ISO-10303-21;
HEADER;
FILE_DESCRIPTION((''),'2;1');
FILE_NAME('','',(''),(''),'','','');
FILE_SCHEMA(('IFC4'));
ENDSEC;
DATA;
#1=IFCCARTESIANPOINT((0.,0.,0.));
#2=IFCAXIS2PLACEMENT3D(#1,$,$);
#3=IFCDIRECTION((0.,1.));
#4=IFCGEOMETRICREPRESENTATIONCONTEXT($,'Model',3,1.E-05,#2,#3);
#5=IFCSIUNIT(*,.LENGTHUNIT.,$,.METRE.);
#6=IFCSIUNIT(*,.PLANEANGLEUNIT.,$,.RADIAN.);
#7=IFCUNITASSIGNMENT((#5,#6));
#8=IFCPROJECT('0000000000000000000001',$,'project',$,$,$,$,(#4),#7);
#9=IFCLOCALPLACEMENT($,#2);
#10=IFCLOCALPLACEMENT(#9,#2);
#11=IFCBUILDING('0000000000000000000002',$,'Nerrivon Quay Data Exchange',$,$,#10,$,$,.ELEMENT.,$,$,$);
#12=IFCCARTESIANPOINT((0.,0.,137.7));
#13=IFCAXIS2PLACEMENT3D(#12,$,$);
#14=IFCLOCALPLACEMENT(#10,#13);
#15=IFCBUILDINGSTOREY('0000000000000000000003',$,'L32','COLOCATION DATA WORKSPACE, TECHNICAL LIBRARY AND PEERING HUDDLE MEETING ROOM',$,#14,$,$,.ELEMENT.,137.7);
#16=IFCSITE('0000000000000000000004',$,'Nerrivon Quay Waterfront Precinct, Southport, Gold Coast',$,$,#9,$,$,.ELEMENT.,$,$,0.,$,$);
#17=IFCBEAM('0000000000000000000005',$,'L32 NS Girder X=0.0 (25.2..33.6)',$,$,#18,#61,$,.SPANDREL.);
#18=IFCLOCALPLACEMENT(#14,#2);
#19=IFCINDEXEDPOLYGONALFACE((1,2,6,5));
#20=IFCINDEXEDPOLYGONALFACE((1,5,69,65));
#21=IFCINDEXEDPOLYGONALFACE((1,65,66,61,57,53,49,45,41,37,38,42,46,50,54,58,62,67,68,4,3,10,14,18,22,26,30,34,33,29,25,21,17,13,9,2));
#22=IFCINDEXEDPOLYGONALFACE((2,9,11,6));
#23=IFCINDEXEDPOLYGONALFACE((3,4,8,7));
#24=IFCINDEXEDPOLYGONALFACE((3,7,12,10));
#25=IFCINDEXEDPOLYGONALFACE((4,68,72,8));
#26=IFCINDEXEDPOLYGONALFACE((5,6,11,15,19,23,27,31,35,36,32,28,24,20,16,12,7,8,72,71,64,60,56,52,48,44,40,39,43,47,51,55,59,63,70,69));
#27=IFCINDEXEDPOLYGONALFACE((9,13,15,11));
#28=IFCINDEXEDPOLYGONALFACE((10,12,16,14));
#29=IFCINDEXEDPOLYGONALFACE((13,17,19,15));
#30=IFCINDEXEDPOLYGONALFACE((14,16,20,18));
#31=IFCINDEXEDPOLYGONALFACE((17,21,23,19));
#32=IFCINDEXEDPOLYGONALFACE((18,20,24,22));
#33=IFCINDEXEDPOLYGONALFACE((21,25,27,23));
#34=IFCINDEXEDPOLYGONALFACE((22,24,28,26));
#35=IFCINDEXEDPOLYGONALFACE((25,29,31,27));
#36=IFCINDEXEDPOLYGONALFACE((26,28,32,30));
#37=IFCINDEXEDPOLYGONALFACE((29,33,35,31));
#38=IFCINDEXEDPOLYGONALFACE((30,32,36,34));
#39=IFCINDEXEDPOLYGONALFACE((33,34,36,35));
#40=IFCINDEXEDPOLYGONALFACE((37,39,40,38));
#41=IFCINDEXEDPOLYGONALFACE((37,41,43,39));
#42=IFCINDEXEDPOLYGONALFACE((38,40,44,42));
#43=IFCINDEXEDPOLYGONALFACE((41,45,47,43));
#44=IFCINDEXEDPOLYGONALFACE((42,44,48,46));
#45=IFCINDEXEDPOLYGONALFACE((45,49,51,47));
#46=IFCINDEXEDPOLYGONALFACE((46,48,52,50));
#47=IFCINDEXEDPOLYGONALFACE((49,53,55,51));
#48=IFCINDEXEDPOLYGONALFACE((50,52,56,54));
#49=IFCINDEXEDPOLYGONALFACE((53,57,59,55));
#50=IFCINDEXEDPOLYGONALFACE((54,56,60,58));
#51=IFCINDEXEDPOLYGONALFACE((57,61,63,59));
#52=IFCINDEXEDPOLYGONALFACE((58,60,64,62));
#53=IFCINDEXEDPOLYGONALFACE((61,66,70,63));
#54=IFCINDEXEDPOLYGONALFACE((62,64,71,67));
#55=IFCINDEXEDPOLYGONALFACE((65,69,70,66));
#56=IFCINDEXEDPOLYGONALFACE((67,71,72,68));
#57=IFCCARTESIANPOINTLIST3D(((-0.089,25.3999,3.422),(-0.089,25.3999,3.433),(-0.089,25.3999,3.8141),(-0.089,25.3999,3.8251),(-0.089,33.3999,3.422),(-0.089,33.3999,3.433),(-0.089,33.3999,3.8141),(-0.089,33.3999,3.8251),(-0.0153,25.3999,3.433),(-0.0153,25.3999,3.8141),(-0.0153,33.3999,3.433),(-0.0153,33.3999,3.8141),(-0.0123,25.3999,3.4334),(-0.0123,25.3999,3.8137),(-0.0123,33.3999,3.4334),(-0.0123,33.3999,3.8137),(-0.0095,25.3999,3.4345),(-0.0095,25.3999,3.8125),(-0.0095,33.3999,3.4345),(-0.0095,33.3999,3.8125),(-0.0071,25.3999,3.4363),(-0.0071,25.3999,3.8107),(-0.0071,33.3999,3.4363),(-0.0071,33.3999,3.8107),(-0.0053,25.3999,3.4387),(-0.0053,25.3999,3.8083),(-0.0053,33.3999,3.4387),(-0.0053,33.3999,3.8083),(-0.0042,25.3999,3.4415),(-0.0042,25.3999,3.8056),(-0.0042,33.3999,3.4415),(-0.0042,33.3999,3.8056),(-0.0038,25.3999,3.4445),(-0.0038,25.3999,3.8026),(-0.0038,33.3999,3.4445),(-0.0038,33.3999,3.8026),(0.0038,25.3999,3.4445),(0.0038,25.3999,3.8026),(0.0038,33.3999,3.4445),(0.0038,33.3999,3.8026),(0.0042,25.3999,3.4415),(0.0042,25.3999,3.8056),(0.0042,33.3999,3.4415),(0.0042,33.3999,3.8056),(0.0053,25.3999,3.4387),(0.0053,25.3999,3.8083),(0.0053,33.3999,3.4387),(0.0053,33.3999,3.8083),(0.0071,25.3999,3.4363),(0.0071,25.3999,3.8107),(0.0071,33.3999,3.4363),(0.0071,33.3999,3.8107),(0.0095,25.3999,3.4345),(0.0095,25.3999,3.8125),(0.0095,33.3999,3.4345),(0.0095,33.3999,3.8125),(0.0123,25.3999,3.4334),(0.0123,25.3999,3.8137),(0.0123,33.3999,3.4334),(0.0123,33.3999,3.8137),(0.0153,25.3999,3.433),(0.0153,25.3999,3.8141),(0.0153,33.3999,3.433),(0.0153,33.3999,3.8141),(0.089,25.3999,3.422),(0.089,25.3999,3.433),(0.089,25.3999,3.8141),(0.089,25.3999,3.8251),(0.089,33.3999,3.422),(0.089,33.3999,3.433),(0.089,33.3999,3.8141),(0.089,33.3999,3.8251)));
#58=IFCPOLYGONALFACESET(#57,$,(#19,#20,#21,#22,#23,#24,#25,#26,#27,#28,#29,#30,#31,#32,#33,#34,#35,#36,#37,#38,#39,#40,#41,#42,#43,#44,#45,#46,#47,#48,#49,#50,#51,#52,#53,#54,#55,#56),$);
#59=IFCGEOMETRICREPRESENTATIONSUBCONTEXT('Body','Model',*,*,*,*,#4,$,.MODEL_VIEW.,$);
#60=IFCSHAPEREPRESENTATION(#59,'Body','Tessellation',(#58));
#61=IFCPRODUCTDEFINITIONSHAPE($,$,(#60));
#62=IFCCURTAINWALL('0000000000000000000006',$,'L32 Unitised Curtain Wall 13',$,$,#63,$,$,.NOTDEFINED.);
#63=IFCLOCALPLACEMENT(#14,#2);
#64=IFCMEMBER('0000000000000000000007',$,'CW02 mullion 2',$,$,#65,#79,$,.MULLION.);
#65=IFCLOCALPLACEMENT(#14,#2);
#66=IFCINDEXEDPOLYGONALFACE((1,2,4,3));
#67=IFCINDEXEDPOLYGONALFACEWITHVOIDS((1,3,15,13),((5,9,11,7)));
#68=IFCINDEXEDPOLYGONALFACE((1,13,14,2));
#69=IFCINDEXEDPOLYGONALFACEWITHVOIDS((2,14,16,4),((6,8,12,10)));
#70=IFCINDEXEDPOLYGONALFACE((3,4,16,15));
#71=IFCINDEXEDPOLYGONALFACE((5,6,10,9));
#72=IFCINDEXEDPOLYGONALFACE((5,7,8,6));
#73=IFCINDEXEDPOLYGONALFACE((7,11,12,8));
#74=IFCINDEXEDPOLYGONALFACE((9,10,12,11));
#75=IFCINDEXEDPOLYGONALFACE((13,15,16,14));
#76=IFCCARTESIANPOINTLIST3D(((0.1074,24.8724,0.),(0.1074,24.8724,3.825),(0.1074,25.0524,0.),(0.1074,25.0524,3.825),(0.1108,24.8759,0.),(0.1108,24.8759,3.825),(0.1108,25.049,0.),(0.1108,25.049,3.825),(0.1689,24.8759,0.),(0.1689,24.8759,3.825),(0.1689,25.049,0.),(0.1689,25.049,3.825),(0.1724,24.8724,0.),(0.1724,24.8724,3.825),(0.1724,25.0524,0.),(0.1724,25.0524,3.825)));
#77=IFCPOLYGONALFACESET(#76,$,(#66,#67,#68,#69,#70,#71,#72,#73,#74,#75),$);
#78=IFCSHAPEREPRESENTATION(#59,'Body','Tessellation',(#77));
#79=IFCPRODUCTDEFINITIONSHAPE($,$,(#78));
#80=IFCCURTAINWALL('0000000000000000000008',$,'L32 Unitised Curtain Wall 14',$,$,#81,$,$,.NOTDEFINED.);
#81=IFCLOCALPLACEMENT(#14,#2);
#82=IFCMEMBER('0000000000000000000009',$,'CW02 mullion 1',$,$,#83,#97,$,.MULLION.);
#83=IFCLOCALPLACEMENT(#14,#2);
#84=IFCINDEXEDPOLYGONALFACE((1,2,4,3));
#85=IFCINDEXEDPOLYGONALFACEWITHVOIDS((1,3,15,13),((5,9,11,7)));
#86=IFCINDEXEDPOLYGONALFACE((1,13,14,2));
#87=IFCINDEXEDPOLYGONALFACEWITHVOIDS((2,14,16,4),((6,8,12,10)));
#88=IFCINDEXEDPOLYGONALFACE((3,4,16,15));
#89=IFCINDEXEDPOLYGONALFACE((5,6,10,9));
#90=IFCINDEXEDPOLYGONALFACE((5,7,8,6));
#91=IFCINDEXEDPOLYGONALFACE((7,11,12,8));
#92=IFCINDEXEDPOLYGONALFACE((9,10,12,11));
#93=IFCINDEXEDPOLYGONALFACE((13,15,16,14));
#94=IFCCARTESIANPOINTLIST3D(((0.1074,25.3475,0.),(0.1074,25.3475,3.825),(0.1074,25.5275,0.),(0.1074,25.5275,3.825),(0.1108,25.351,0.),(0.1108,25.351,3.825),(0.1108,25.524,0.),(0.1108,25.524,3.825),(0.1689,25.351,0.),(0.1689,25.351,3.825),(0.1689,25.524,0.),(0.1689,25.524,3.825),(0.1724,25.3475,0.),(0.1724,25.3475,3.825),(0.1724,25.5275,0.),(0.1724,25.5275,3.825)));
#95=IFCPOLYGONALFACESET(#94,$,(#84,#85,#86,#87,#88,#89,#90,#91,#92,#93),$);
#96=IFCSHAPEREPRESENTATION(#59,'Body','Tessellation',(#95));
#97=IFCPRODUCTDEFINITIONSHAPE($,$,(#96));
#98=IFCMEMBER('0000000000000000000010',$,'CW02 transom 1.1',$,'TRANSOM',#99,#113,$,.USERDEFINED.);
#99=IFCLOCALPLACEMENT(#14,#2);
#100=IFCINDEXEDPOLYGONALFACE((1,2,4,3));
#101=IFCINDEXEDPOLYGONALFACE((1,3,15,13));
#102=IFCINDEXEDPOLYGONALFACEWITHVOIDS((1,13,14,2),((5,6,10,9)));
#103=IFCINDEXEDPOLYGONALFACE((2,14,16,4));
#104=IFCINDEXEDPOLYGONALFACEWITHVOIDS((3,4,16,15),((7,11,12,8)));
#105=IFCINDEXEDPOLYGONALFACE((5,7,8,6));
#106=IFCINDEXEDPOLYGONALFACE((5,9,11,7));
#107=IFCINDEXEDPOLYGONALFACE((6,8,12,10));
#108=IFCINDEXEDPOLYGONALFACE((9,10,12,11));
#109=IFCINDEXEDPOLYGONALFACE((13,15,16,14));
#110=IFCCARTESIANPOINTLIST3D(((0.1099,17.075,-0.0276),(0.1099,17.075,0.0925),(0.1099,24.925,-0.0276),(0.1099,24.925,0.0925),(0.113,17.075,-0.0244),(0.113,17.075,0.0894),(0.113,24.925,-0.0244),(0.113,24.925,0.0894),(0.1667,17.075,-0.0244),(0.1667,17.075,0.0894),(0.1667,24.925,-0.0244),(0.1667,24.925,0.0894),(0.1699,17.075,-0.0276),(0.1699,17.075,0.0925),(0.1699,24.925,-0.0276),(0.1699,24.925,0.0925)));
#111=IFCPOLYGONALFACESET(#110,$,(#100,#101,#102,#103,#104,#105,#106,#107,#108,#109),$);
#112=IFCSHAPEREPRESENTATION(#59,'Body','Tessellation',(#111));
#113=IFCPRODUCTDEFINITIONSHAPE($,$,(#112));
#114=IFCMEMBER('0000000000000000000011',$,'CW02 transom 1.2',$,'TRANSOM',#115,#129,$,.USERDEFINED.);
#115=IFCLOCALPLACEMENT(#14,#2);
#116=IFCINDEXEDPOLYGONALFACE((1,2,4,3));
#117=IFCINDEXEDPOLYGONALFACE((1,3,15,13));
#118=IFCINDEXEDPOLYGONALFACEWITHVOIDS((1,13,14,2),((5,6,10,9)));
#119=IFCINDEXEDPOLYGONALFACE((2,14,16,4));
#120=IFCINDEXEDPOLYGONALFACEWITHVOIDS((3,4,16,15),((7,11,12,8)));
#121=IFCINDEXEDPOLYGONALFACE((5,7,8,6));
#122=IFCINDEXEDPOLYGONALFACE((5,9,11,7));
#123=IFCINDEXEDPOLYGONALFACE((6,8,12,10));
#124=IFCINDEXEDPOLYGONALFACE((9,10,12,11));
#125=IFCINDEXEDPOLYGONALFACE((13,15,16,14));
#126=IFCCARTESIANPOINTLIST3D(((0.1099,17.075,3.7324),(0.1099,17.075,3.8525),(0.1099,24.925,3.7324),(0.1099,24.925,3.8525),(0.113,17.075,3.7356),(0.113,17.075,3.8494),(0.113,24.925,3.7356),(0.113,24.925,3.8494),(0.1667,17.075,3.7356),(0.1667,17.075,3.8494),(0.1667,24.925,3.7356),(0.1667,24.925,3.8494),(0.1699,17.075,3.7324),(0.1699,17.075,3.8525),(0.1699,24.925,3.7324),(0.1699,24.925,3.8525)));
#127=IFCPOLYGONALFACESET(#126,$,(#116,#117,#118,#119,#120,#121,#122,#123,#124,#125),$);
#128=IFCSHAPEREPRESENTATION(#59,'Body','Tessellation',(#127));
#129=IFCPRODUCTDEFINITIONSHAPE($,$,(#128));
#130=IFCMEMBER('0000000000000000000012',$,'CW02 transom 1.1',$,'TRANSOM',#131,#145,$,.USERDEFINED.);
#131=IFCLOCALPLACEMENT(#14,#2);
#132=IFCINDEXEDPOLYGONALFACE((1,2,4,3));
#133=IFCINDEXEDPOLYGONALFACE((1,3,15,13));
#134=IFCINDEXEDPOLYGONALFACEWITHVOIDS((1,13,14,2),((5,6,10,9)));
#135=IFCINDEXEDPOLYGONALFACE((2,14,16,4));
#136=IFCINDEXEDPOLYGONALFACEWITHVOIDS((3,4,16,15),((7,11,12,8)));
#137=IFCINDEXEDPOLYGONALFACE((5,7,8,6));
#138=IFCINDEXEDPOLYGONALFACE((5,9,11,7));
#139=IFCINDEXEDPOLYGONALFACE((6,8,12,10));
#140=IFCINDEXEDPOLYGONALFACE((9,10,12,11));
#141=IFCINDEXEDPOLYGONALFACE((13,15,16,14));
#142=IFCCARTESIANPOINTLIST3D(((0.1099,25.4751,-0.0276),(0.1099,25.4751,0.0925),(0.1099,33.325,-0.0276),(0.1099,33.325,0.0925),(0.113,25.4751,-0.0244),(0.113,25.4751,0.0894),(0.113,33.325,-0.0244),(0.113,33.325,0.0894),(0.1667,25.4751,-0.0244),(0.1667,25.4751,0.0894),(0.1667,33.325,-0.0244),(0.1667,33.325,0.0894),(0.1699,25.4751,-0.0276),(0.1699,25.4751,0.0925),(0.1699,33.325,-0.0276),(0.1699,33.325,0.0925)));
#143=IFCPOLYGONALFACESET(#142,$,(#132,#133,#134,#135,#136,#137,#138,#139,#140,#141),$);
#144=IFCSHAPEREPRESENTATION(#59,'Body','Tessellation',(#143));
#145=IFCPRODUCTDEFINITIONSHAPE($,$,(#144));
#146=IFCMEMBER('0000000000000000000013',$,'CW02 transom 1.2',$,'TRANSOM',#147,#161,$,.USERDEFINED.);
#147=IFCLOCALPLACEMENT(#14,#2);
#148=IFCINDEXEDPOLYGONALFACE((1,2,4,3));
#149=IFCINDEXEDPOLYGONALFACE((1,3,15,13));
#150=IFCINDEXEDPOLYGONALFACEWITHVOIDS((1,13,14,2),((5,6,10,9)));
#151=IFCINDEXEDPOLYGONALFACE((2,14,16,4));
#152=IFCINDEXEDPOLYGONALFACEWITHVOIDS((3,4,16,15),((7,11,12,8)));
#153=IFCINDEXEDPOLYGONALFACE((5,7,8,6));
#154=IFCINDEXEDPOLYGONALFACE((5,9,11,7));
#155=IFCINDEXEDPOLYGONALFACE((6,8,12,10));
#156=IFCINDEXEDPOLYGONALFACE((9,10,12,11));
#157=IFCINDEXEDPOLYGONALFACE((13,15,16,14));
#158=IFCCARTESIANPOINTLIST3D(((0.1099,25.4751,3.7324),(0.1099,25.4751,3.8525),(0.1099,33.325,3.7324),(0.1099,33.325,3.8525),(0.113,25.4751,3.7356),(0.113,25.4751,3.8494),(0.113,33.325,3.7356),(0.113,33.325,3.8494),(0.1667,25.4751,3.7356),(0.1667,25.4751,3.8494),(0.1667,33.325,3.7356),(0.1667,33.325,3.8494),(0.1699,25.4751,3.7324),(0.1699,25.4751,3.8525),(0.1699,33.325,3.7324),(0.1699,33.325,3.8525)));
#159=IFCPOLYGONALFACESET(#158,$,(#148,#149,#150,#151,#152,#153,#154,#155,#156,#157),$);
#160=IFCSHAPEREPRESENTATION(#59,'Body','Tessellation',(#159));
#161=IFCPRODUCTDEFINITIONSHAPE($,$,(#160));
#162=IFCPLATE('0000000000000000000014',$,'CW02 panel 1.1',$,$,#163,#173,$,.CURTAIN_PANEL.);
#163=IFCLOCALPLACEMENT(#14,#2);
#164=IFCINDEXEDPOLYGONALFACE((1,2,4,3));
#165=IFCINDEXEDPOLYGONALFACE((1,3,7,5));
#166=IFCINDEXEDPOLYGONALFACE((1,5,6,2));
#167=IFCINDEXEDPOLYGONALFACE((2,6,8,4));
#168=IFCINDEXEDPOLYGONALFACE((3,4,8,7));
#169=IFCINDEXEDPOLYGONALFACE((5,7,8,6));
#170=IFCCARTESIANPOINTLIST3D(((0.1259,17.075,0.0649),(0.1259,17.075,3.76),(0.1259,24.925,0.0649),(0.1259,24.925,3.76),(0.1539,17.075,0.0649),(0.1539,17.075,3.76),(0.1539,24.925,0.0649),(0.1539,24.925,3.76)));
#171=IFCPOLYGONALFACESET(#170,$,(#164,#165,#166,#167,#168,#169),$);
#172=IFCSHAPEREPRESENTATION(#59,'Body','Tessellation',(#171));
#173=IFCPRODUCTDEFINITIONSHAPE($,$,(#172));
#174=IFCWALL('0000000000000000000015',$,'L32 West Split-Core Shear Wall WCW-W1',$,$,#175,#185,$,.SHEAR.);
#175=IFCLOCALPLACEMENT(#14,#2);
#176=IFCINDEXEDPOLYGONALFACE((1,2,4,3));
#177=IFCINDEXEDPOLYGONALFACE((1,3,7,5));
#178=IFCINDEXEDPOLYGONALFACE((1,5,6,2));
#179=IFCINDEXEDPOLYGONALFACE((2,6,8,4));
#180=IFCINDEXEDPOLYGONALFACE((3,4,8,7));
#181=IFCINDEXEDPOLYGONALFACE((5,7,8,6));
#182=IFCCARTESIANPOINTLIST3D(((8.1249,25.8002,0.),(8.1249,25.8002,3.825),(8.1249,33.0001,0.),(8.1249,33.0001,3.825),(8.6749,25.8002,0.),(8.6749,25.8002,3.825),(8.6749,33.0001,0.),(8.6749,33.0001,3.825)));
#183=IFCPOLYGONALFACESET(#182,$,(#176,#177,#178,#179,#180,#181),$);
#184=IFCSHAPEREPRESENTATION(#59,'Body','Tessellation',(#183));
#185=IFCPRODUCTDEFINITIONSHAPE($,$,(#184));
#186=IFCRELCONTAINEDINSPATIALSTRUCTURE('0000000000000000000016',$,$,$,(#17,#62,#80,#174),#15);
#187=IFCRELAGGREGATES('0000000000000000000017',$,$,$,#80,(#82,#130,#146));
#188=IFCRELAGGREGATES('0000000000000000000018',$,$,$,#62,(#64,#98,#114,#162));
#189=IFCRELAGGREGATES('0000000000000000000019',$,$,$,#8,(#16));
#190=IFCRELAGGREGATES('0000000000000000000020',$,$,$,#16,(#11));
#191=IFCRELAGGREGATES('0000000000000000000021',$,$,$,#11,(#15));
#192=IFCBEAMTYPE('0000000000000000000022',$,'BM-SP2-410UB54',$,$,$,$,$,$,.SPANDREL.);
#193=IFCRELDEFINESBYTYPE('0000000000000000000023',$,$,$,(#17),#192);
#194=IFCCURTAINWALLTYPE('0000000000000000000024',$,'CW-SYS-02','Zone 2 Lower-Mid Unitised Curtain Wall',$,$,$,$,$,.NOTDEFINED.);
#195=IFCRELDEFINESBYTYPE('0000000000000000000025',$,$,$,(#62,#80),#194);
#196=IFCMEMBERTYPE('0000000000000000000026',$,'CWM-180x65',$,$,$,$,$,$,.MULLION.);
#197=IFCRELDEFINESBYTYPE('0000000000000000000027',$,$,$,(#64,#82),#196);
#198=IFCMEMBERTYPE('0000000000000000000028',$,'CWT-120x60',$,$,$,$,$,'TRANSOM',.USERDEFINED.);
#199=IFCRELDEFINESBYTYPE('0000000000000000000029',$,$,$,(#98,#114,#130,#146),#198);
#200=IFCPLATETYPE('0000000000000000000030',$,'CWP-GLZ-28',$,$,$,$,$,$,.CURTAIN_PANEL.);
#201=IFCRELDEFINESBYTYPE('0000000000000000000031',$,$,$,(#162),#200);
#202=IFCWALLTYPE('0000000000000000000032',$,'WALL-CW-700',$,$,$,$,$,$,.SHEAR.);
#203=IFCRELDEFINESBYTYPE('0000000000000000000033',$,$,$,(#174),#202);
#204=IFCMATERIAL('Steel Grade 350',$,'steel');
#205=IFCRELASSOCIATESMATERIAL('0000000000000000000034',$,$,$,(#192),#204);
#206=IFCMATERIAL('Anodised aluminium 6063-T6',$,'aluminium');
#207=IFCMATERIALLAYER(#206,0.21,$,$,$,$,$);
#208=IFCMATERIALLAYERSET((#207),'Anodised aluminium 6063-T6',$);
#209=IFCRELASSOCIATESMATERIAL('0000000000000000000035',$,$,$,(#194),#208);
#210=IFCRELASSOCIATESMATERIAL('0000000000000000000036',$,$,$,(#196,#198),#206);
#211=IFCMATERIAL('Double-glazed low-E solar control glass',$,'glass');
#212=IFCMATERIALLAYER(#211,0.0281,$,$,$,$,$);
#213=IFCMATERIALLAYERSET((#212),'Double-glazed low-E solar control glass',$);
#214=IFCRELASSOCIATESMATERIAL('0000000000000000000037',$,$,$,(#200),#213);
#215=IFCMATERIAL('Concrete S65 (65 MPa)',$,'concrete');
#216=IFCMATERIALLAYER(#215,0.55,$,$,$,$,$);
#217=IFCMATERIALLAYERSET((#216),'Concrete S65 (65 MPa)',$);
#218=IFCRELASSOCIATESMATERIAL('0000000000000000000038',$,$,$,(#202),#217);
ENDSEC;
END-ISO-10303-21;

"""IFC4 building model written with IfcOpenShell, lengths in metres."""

from ifc_helpers import new_model, si_unit, direction, frame, frame_2d, origin, origin_2d, place, context, subcontext, project, spatial, rectangle, hollow_rectangle, i_section, extrude, material, layer, layer_set, material_profile, profile_set, type_object, element, aggregate, save


model = new_model("IFC4")

# Units and contexts
model_context = context("Model", 3, precision=1e-05, world=origin(), true_north=direction((0.0, 1.0)))
body_context = subcontext(model_context, "Body", "Model", "MODEL_VIEW")
ifc_project = project(units=[si_unit("LENGTHUNIT", "METRE"), si_unit("PLANEANGLEUNIT", "RADIAN")], contexts=[model_context])

# Site, building, storey
site_placement = place(None, origin())
site = spatial("IfcSite", under=ifc_project, at=site_placement, Name="Nerrivon Quay Waterfront Precinct, Southport, Gold Coast", CompositionType="ELEMENT", RefElevation=0.0)
building_placement = place(site_placement, origin())
building = spatial("IfcBuilding", under=site, at=building_placement, Name="Nerrivon Quay Data Exchange", CompositionType="ELEMENT")
storey_placement = place(building_placement, frame((0.0, 0.0, 137.7)))
storey = spatial("IfcBuildingStorey", under=building, at=storey_placement, Name="L32", Description="COLOCATION DATA WORKSPACE, TECHNICAL LIBRARY AND PEERING HUDDLE MEETING ROOM", CompositionType="ELEMENT", Elevation=137.7)

# Shared definitions
ifc_material_1 = material(Name="Concrete S65 (65 MPa)", Category="concrete")
ifc_material_2 = material(Name="Steel Grade 350", Category="steel")

# Beam
ifc_material_profile_1 = material_profile(ifc_material_2, i_section(OverallWidth=0.178, OverallDepth=0.4031, WebThickness=0.0076, FlangeThickness=0.011, FilletRadius=0.0115, at=origin_2d()), Name="410UB53.7")
ifc_profile_set_1 = profile_set([ifc_material_profile_1], Name="Steel Grade 350")
beam_type_1 = type_object("IfcBeamType", Name="BM-SP2-410UB54", PredefinedType="SPANDREL", material=ifc_profile_set_1)
beam_1_placement = place(storey_placement, frame((0.0, 25.3999, 3.6235), z_axis=(0.0, 1.0, 0.0), x_axis=(-1.0, 0.0, 0.0)))
element("IfcBeam", 1, at=beam_1_placement, inside=storey, type_object=beam_type_1, Name="L32 NS Girder X=0.0 (25.2..33.6)", PredefinedType="SPANDREL", context=body_context, shape_type="SweptSolid", body=[
    extrude(i_section(OverallWidth=0.178, OverallDepth=0.4031, WebThickness=0.0076, FlangeThickness=0.011, FilletRadius=0.0115, at=origin_2d()), origin(), (0.0, 0.0, 1.0), 8.0),
])

# Curtain walls, members
ifc_material_3 = material(Name="Anodised aluminium 6063-T6", Category="aluminium")
ifc_layer_1 = layer(ifc_material_3, 0.21)
ifc_layer_set_1 = layer_set([ifc_layer_1], Name="Anodised aluminium 6063-T6")
curtain_wall_type = type_object("IfcCurtainWallType", Name="CW-SYS-02", Description="Zone 2 Lower-Mid Unitised Curtain Wall", PredefinedType="NOTDEFINED", material=ifc_layer_set_1)
curtain_wall_1_placement = place(storey_placement, origin())
curtain_wall_1 = element("IfcCurtainWall", 2, at=curtain_wall_1_placement, inside=storey, type_object=curtain_wall_type, Name="L32 Unitised Curtain Wall 13", PredefinedType="NOTDEFINED")
ifc_material_profile_2 = material_profile(ifc_material_3, hollow_rectangle(XDim=0.0649, YDim=0.1799, WallThickness=0.0034, at=origin_2d()), Name="ALU-MULL-180x65")
ifc_profile_set_2 = profile_set([ifc_material_profile_2], Name="Anodised aluminium 6063-T6")
member_type_1 = type_object("IfcMemberType", Name="CWM-180x65", PredefinedType="MULLION", material=ifc_profile_set_2)
member_1_placement = place(storey_placement, frame((0.1399, 24.9624, 0.0), z_axis=(0.0, 0.0, 1.0), x_axis=(-1.0, 0.0, 0.0)))
member_1 = element("IfcMember", 3, at=member_1_placement, type_object=member_type_1, Name="CW02 mullion 2", PredefinedType="MULLION", context=body_context, shape_type="SweptSolid", body=[
    extrude(hollow_rectangle(XDim=0.0649, YDim=0.1799, WallThickness=0.0034, at=origin_2d()), origin(), (0.0, 0.0, 1.0), 3.825),
])
curtain_wall_2_placement = place(storey_placement, origin())
curtain_wall_2 = element("IfcCurtainWall", 4, at=curtain_wall_2_placement, inside=storey, type_object=curtain_wall_type, Name="L32 Unitised Curtain Wall 14", PredefinedType="NOTDEFINED")
member_2_placement = place(storey_placement, frame((0.1399, 25.4375, 0.0), z_axis=(0.0, 0.0, 1.0), x_axis=(-1.0, 0.0, 0.0)))
member_2 = element("IfcMember", 5, at=member_2_placement, type_object=member_type_1, Name="CW02 mullion 1", PredefinedType="MULLION", context=body_context, shape_type="SweptSolid", body=[
    extrude(hollow_rectangle(XDim=0.0649, YDim=0.1799, WallThickness=0.0034, at=origin_2d()), origin(), (0.0, 0.0, 1.0), 3.825),
])

# Members
ifc_material_profile_3 = material_profile(ifc_material_3, hollow_rectangle(XDim=0.0601, YDim=0.1201, WallThickness=0.0032, at=origin_2d()), Name="ALU-TRAN-120x60")
ifc_profile_set_3 = profile_set([ifc_material_profile_3], Name="Anodised aluminium 6063-T6")
member_type_2 = type_object("IfcMemberType", Name="CWT-120x60", ElementType="TRANSOM", PredefinedType="USERDEFINED", material=ifc_profile_set_3)
member_3_placement = place(storey_placement, frame((0.1399, 17.075, 0.0325), z_axis=(0.0, 1.0, 0.0), x_axis=(-1.0, 0.0, 0.0)))
member_3 = element("IfcMember", 6, at=member_3_placement, type_object=member_type_2, Name="CW02 transom 1.1", ObjectType="TRANSOM", PredefinedType="USERDEFINED", context=body_context, shape_type="SweptSolid", body=[
    extrude(hollow_rectangle(XDim=0.0601, YDim=0.1201, WallThickness=0.0032, at=origin_2d()), origin(), (0.0, 0.0, 1.0), 7.8501),
])
member_4_placement = place(storey_placement, frame((0.1399, 17.075, 3.7925), z_axis=(0.0, 1.0, 0.0), x_axis=(-1.0, 0.0, 0.0)))
member_4 = element("IfcMember", 7, at=member_4_placement, type_object=member_type_2, Name="CW02 transom 1.2", ObjectType="TRANSOM", PredefinedType="USERDEFINED", context=body_context, shape_type="SweptSolid", body=[
    extrude(hollow_rectangle(XDim=0.0601, YDim=0.1201, WallThickness=0.0032, at=origin_2d()), origin(), (0.0, 0.0, 1.0), 7.8501),
])
member_5_placement = place(storey_placement, frame((0.1399, 25.4751, 0.0325), z_axis=(0.0, 1.0, 0.0), x_axis=(-1.0, 0.0, 0.0)))
member_5 = element("IfcMember", 8, at=member_5_placement, type_object=member_type_2, Name="CW02 transom 1.1", ObjectType="TRANSOM", PredefinedType="USERDEFINED", context=body_context, shape_type="SweptSolid", body=[
    extrude(hollow_rectangle(XDim=0.0601, YDim=0.1201, WallThickness=0.0032, at=origin_2d()), origin(), (0.0, 0.0, 1.0), 7.8499),
])
member_6_placement = place(storey_placement, frame((0.1399, 25.4751, 3.7925), z_axis=(0.0, 1.0, 0.0), x_axis=(-1.0, 0.0, 0.0)))
member_6 = element("IfcMember", 9, at=member_6_placement, type_object=member_type_2, Name="CW02 transom 1.2", ObjectType="TRANSOM", PredefinedType="USERDEFINED", context=body_context, shape_type="SweptSolid", body=[
    extrude(hollow_rectangle(XDim=0.0601, YDim=0.1201, WallThickness=0.0032, at=origin_2d()), origin(), (0.0, 0.0, 1.0), 7.8499),
])
aggregate(curtain_wall_2, [member_2, member_5, member_6])

# Plate
ifc_material_4 = material(Name="Double-glazed low-E solar control glass", Category="glass")
ifc_layer_2 = layer(ifc_material_4, 0.0281)
ifc_layer_set_2 = layer_set([ifc_layer_2], Name="Double-glazed low-E solar control glass")
plate_type = type_object("IfcPlateType", Name="CWP-GLZ-28", PredefinedType="CURTAIN_PANEL", material=ifc_layer_set_2)
plate_placement = place(storey_placement, frame((0.1399, 21.0, 0.0649), z_axis=(0.0, 0.0, 1.0), x_axis=(0.0, 1.0, 0.0)))
plate = element("IfcPlate", 10, at=plate_placement, type_object=plate_type, Name="CW02 panel 1.1", PredefinedType="CURTAIN_PANEL", context=body_context, shape_type="SweptSolid", body=[
    extrude(rectangle(XDim=7.8501, YDim=0.0281, at=origin_2d()), origin(), (0.0, 0.0, 1.0), 3.6951),
])
aggregate(curtain_wall_1, [member_1, member_3, member_4, plate])

# Wall
ifc_layer_3 = layer(ifc_material_1, 0.55)
ifc_layer_set_3 = layer_set([ifc_layer_3], Name="Concrete S65 (65 MPa)")
wall_type_1 = type_object("IfcWallType", Name="WALL-CW-700", PredefinedType="SHEAR", material=ifc_layer_set_3)
wall_1_placement = place(storey_placement, frame((8.3999, 25.8, 0.0), z_axis=(0.0, 0.0, 1.0), x_axis=(0.0, 1.0, 0.0)))
element("IfcWall", 11, at=wall_1_placement, inside=storey, type_object=wall_type_1, Name="L32 West Split-Core Shear Wall WCW-W1", PredefinedType="SHEAR", context=body_context, shape_type="SweptSolid", body=[
    extrude(rectangle(XDim=7.2, YDim=0.55, at=frame_2d((3.6001, 0.0))), origin(), (0.0, 0.0, 1.0), 3.825),
])

save(model, "model.ifc")
